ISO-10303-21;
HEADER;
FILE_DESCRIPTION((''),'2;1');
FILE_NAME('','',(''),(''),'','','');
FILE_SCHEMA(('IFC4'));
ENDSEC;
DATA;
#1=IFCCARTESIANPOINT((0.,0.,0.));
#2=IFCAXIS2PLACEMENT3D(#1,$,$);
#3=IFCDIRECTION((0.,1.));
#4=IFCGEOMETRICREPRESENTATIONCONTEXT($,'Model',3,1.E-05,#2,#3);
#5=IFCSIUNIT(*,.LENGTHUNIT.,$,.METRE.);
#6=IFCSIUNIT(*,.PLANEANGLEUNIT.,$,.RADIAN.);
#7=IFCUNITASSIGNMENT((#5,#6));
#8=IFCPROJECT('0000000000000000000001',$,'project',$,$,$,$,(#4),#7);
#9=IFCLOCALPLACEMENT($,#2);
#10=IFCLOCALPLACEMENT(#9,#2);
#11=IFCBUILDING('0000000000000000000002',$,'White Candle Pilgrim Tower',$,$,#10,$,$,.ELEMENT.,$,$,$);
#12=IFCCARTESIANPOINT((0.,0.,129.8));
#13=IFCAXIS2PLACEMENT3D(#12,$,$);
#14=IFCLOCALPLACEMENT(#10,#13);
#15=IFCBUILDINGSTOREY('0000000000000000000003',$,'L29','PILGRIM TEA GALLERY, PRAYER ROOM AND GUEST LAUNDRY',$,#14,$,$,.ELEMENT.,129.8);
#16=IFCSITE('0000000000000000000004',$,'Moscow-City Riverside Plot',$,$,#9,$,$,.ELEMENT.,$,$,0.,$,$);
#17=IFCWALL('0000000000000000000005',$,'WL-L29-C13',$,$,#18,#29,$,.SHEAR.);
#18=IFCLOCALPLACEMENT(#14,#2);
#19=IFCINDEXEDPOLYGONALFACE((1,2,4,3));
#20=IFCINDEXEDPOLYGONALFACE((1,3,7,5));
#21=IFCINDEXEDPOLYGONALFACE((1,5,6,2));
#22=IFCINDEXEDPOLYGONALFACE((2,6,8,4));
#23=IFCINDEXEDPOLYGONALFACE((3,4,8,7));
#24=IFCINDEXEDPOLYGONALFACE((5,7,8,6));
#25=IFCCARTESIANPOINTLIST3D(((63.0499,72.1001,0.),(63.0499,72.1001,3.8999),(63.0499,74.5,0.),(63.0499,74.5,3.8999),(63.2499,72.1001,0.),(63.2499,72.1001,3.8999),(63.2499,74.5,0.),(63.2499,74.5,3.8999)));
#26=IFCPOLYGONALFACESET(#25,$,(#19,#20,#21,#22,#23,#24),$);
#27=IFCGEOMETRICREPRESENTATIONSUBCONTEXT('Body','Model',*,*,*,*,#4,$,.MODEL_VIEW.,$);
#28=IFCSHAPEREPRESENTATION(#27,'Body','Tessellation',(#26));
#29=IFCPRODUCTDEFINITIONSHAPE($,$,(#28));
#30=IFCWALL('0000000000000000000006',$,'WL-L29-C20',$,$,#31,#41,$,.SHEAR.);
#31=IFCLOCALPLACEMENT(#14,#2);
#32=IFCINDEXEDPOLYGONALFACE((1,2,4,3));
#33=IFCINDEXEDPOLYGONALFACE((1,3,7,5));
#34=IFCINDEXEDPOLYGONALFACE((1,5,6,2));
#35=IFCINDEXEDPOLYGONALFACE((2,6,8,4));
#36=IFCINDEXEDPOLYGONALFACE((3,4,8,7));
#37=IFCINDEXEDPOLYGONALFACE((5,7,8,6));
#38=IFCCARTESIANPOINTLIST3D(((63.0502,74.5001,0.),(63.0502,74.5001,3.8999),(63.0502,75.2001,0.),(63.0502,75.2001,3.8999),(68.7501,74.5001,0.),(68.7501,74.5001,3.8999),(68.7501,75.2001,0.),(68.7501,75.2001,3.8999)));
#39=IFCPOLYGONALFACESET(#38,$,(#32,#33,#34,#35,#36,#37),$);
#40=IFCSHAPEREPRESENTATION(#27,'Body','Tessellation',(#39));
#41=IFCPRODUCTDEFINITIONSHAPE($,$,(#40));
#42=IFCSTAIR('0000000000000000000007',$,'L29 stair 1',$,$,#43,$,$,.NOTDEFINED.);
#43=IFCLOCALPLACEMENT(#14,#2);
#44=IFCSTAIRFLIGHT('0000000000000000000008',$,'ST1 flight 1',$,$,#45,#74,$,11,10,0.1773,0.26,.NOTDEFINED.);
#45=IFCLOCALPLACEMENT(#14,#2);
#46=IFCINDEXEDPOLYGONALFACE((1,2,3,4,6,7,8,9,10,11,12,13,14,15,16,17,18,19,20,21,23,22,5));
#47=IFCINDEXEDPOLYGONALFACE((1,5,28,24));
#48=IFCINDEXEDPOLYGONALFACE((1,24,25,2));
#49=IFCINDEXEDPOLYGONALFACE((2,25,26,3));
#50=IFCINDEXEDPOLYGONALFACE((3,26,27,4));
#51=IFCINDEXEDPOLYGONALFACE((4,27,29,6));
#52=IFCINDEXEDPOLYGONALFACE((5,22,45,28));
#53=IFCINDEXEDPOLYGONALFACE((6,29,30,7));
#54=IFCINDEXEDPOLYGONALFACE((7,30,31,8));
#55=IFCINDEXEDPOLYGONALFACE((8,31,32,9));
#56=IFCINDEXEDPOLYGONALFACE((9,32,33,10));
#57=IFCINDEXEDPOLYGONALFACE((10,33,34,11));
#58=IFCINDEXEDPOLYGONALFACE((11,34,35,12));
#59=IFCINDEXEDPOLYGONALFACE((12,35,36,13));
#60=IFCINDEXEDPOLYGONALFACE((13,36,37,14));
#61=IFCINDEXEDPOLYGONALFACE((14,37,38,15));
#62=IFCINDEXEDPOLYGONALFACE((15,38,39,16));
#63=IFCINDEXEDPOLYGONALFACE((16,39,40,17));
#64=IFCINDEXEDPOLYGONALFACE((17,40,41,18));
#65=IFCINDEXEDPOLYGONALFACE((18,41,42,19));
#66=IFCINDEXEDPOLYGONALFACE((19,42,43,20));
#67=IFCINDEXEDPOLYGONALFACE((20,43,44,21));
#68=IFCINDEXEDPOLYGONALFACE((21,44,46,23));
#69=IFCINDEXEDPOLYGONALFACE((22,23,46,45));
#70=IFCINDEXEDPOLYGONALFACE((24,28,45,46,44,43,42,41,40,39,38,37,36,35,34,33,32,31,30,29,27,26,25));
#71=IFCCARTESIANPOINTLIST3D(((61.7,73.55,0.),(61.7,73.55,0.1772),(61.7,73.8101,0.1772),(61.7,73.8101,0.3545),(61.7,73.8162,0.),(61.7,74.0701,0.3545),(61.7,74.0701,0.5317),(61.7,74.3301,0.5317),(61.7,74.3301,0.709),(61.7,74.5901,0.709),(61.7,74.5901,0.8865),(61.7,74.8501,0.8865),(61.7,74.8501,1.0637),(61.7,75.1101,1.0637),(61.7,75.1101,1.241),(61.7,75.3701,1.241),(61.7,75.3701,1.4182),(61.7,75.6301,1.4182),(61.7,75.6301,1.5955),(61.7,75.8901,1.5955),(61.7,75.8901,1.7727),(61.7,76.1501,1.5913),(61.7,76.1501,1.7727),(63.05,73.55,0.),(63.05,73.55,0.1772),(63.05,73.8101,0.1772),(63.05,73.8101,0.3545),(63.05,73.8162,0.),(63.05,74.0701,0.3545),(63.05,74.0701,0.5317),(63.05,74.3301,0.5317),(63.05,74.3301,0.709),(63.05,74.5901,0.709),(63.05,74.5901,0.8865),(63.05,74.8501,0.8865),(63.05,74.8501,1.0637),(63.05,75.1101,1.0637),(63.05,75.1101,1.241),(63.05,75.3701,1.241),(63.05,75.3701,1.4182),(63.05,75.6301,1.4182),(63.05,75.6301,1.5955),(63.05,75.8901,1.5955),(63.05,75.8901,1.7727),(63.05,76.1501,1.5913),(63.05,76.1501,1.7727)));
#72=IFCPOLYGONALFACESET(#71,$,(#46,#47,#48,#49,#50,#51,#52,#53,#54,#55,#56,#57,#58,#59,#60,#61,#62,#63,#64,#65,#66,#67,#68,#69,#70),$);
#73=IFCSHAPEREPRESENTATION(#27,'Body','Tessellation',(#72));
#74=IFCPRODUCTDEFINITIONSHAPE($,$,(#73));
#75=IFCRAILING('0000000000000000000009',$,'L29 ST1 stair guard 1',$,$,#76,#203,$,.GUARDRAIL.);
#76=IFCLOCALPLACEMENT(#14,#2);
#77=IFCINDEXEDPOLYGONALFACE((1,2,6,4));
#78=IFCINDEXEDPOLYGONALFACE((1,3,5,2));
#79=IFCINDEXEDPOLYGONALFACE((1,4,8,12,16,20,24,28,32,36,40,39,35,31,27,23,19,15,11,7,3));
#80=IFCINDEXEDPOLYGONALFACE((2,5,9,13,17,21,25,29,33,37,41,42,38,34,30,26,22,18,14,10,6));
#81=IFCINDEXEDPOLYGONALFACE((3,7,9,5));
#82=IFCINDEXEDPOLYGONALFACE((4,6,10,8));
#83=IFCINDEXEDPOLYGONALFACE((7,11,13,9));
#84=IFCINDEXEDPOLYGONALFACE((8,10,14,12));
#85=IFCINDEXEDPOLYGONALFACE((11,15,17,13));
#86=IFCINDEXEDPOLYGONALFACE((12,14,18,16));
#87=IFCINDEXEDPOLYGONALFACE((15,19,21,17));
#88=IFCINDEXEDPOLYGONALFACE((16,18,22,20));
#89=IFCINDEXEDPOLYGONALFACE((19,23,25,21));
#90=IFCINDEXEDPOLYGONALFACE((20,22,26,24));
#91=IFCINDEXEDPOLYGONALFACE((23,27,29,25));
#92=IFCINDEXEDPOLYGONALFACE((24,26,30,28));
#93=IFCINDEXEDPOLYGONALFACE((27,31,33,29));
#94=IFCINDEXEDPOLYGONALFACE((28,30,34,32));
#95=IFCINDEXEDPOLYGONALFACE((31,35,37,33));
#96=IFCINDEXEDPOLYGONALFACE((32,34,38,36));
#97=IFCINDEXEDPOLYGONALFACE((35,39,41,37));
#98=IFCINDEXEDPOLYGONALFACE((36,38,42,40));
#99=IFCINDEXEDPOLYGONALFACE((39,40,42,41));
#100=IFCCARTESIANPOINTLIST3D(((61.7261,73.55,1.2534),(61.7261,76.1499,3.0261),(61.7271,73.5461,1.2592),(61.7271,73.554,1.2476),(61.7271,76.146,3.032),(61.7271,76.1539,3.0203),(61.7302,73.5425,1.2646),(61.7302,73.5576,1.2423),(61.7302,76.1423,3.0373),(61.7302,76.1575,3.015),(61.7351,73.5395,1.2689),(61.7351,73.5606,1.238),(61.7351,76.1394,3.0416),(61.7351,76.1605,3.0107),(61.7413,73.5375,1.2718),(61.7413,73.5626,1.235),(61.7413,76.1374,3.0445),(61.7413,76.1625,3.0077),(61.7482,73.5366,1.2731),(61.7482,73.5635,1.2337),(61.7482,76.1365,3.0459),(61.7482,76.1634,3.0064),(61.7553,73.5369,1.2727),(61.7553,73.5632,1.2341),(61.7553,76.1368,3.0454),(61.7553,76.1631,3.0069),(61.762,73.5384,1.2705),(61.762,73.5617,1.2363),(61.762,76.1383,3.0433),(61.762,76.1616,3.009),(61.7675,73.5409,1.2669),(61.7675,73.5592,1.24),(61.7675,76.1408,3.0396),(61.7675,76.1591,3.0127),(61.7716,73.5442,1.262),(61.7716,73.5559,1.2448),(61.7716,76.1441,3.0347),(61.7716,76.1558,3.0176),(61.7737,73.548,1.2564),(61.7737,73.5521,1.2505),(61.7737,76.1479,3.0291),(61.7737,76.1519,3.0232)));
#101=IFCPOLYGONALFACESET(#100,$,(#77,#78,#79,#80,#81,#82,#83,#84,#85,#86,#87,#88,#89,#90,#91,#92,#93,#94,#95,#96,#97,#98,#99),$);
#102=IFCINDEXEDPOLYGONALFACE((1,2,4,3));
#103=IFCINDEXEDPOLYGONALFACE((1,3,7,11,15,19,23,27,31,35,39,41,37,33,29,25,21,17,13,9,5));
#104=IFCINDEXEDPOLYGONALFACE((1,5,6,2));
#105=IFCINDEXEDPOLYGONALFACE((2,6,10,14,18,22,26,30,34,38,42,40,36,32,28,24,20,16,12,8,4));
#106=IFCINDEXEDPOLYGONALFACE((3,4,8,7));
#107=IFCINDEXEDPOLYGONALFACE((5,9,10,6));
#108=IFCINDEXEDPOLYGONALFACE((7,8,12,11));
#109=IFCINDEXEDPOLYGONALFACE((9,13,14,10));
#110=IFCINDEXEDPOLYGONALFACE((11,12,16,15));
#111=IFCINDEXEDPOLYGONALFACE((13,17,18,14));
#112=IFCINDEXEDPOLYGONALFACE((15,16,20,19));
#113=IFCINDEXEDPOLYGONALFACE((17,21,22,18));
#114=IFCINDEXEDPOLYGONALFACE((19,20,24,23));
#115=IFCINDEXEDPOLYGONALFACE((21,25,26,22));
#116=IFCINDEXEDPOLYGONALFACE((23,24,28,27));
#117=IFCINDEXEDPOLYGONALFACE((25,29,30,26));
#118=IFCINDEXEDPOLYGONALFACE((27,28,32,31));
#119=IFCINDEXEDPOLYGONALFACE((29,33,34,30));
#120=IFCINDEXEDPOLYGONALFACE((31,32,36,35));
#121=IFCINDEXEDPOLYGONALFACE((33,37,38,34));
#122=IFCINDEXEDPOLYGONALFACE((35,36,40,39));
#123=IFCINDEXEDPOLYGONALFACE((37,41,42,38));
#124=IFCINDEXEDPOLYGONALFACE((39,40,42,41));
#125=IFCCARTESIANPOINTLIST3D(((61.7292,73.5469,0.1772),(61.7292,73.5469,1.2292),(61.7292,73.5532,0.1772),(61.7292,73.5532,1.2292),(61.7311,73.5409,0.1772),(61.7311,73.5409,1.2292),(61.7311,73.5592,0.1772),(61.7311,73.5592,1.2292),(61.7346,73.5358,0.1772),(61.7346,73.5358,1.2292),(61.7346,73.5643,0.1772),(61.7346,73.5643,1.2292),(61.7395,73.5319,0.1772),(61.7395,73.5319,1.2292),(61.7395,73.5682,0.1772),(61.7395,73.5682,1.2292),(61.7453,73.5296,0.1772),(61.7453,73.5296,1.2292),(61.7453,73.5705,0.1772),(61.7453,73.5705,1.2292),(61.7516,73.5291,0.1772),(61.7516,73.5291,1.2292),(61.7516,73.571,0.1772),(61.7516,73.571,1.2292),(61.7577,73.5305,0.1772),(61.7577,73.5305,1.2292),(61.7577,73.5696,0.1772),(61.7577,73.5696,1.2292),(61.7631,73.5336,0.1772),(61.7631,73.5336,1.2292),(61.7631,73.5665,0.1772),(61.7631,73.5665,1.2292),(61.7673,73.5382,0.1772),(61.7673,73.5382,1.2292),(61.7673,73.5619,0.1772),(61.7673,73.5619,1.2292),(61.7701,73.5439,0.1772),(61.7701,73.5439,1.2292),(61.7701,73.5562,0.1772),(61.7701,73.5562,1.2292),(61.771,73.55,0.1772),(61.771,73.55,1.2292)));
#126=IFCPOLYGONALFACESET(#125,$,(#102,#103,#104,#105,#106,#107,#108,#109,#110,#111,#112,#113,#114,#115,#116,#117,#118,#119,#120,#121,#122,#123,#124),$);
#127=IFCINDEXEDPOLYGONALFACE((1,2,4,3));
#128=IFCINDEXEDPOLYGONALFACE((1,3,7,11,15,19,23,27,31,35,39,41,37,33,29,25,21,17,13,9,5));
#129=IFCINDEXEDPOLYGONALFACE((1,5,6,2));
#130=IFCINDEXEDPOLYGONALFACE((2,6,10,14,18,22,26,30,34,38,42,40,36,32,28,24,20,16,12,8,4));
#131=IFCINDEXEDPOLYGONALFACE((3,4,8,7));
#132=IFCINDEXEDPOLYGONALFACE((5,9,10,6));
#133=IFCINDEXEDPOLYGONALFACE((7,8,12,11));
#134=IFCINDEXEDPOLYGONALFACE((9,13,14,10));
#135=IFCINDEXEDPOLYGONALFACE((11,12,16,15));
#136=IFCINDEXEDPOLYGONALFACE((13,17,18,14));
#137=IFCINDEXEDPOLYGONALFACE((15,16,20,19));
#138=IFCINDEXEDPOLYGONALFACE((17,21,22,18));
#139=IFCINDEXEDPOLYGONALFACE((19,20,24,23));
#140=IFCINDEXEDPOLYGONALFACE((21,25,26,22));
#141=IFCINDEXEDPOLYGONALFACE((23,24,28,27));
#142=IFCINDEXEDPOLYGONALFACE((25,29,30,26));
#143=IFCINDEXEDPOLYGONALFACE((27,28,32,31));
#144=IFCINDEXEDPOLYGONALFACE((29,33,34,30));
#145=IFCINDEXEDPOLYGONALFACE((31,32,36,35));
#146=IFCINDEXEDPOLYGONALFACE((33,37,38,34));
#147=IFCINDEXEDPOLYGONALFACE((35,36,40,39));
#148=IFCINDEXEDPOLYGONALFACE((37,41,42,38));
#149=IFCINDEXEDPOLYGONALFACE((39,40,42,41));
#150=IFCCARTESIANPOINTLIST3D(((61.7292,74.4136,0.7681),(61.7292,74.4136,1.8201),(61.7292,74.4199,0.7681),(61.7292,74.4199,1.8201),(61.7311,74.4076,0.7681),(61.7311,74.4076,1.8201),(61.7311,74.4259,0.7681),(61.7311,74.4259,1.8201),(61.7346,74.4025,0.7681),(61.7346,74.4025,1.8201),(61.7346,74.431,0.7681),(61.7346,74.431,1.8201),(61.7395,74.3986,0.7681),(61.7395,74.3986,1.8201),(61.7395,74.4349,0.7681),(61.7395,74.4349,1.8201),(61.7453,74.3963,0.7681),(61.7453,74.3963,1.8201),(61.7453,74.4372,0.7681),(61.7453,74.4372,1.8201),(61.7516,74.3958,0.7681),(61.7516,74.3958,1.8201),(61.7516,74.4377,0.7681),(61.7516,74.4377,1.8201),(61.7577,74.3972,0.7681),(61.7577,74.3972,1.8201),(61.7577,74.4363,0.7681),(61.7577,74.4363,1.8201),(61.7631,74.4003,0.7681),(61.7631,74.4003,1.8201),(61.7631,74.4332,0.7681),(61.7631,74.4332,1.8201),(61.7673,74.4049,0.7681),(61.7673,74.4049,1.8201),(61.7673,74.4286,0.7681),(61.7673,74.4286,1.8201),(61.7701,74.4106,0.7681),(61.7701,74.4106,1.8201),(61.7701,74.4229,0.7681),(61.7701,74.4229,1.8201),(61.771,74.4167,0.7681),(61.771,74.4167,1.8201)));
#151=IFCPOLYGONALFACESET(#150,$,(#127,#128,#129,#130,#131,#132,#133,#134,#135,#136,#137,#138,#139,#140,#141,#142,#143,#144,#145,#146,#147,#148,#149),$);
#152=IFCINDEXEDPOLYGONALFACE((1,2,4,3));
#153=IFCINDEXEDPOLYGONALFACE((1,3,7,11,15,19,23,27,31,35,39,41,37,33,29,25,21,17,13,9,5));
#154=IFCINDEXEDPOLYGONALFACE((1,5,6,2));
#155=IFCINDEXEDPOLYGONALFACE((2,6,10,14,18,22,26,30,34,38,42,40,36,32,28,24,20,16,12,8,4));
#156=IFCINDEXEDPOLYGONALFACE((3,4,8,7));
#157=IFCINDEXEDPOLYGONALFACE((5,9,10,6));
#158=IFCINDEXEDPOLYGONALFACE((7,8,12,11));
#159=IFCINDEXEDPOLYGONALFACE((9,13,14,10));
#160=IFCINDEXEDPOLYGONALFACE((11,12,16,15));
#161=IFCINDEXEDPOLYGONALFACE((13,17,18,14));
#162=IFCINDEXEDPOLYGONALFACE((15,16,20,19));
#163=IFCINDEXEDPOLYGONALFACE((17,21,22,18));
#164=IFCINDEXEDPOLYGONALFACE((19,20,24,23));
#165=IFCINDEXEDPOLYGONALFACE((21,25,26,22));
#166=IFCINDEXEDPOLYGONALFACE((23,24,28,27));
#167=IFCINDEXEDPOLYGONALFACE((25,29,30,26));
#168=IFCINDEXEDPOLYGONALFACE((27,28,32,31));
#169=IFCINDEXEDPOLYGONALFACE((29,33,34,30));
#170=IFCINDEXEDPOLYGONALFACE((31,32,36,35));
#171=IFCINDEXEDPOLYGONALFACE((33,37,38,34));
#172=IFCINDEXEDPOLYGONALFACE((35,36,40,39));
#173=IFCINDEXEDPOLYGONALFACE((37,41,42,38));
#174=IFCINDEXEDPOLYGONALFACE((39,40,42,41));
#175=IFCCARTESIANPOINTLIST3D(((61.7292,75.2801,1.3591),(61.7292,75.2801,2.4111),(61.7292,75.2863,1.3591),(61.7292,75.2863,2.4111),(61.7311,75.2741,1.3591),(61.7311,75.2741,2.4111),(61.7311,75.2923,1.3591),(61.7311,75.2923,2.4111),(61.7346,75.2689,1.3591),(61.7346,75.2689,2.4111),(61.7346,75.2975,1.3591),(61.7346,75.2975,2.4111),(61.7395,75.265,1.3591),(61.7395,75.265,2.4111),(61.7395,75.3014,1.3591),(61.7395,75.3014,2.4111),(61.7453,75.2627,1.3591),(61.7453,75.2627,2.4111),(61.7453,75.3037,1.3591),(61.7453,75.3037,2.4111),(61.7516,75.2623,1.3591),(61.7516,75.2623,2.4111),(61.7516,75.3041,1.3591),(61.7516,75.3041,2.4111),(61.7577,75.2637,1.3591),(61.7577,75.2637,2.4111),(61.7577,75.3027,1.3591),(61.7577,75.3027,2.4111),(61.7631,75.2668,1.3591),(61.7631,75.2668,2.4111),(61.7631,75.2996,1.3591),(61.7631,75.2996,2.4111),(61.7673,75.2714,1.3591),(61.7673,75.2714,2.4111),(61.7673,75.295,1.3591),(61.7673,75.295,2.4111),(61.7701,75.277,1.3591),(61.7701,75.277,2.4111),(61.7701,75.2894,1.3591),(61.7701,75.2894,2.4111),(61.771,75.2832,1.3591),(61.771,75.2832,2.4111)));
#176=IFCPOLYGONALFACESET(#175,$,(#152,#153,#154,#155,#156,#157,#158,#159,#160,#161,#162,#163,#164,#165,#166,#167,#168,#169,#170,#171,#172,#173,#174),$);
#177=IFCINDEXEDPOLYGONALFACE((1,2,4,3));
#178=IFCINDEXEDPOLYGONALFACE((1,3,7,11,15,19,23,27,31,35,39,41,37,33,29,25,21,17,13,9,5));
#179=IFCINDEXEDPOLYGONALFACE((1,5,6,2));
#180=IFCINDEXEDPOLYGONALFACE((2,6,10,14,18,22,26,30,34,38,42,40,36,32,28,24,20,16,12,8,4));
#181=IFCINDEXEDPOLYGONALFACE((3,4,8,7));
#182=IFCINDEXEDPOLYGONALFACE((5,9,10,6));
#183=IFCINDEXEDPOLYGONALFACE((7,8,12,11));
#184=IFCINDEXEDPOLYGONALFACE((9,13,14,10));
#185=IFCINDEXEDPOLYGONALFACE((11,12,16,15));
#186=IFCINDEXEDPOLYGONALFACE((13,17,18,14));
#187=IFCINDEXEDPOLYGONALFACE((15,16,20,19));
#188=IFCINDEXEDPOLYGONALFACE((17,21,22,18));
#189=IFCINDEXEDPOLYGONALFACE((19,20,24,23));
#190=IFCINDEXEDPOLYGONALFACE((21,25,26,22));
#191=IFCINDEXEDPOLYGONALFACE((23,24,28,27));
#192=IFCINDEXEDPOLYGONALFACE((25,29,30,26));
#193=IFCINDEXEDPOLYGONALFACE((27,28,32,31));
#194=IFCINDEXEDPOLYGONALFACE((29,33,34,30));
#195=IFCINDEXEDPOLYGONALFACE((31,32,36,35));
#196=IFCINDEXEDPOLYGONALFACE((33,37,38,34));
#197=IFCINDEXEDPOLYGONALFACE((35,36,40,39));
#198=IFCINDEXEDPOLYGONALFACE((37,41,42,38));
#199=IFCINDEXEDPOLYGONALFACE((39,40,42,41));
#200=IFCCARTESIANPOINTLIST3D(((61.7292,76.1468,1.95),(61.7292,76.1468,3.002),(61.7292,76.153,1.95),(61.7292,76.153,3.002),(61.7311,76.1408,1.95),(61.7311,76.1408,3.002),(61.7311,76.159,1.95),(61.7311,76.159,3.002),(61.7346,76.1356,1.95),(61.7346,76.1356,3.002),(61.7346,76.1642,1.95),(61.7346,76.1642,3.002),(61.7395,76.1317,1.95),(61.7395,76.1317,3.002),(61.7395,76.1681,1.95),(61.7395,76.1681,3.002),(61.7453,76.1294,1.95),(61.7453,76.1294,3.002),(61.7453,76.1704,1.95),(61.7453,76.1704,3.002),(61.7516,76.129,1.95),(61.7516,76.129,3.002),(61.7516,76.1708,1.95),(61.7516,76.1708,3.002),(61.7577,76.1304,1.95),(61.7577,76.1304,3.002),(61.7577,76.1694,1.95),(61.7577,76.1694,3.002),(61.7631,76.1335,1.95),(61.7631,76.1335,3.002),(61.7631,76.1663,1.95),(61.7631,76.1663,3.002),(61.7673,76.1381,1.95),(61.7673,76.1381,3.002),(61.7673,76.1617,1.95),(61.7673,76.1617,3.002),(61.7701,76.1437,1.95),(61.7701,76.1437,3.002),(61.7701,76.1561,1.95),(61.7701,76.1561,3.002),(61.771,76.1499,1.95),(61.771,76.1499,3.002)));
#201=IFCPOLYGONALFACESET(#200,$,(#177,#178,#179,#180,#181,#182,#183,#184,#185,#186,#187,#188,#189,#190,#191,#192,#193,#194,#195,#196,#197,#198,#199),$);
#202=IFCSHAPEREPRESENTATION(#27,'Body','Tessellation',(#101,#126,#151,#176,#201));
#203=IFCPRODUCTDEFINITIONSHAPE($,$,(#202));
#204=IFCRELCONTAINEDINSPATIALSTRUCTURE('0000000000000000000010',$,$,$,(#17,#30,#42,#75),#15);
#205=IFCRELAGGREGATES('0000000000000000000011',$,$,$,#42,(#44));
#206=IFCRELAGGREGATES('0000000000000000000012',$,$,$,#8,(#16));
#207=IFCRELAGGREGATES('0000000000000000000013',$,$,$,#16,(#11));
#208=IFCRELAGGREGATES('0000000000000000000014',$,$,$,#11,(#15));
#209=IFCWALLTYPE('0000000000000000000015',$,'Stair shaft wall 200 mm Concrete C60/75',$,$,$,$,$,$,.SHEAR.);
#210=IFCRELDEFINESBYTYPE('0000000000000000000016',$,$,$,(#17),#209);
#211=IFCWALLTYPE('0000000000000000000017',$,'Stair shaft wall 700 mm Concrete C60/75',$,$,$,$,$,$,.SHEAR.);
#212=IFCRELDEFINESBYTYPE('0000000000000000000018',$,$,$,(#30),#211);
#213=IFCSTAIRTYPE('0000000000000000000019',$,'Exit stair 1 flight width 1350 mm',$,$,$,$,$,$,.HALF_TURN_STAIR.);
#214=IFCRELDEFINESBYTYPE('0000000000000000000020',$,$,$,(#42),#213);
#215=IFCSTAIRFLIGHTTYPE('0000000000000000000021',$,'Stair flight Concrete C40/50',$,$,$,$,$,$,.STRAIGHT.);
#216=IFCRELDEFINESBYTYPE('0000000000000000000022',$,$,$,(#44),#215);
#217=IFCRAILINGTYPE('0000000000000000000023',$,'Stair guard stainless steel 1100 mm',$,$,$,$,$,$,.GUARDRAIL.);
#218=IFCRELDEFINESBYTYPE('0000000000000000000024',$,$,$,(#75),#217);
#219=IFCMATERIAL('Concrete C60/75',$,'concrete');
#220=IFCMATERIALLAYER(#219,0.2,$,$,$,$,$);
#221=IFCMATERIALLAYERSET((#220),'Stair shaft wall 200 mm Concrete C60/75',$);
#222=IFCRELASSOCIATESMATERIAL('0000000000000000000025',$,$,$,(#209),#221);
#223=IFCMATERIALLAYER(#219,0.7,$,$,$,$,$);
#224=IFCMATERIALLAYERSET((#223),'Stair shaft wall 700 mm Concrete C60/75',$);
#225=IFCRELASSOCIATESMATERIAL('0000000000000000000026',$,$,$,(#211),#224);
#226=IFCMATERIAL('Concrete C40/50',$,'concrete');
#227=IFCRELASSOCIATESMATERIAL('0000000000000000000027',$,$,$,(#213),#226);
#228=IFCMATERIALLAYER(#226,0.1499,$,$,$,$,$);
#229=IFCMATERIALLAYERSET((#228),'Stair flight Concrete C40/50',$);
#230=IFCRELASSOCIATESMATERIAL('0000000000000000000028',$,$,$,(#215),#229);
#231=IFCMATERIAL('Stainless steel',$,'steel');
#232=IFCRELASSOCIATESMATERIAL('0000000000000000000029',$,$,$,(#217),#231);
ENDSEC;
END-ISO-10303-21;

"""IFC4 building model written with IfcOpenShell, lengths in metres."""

from ifc_helpers import new_model, si_unit, direction, frame, frame_2d, origin, origin_2d, place, context, subcontext, project, spatial, polyline, rectangle, circle, outline, extrude, material, layer, layer_set, type_object, element, aggregate, save


model = new_model("IFC4")

# Units and contexts
model_context = context("Model", 3, precision=1e-05, world=origin(), true_north=direction((0.0, 1.0)))
body_context = subcontext(model_context, "Body", "Model", "MODEL_VIEW")
ifc_project = project(units=[si_unit("LENGTHUNIT", "METRE"), si_unit("PLANEANGLEUNIT", "RADIAN")], contexts=[model_context])

# Site, building, storey
site_placement = place(None, origin())
site = spatial("IfcSite", under=ifc_project, at=site_placement, Name="Moscow-City Riverside Plot", CompositionType="ELEMENT", RefElevation=0.0)
building_placement = place(site_placement, origin())
building = spatial("IfcBuilding", under=site, at=building_placement, Name="White Candle Pilgrim Tower", CompositionType="ELEMENT")
storey_placement = place(building_placement, frame((0.0, 0.0, 129.8)))
storey = spatial("IfcBuildingStorey", under=building, at=storey_placement, Name="L29", Description="PILGRIM TEA GALLERY, PRAYER ROOM AND GUEST LAUNDRY", CompositionType="ELEMENT", Elevation=129.8)

# Shared definitions
ifc_material_1 = material(Name="Concrete C60/75", Category="concrete")

# Shared definitions
ifc_material_2 = material(Name="Stainless steel", Category="steel")

# Walls
ifc_layer_1 = layer(ifc_material_1, 0.2)
ifc_layer_set_1 = layer_set([ifc_layer_1], Name="Stair shaft wall 200 mm Concrete C60/75")
wall_type_1 = type_object("IfcWallType", Name="Stair shaft wall 200 mm Concrete C60/75", PredefinedType="SHEAR", material=ifc_layer_set_1)
wall_1_placement = place(storey_placement, frame((63.1499, 72.1001, 0.0), z_axis=(0.0, 0.0, 1.0), x_axis=(0.0, 1.0, 0.0)))
element("IfcWall", 1, at=wall_1_placement, inside=storey, type_object=wall_type_1, Name="WL-L29-C13", PredefinedType="SHEAR", context=body_context, shape_type="SweptSolid", body=[
    extrude(rectangle(XDim=2.3999, YDim=0.2, at=frame_2d((1.2, 0.0))), origin(), (0.0, 0.0, 1.0), 3.8999),
])
ifc_layer_2 = layer(ifc_material_1, 0.7)
ifc_layer_set_2 = layer_set([ifc_layer_2], Name="Stair shaft wall 700 mm Concrete C60/75")
wall_type_2 = type_object("IfcWallType", Name="Stair shaft wall 700 mm Concrete C60/75", PredefinedType="SHEAR", material=ifc_layer_set_2)
wall_2_placement = place(storey_placement, frame((63.05, 74.8501, 0.0), z_axis=(0.0, 0.0, 1.0), x_axis=(1.0, 0.0, 0.0)))
element("IfcWall", 2, at=wall_2_placement, inside=storey, type_object=wall_type_2, Name="WL-L29-C20", PredefinedType="SHEAR", context=body_context, shape_type="SweptSolid", body=[
    extrude(rectangle(XDim=5.7, YDim=0.7, at=frame_2d((2.8501, 0.0))), origin(), (0.0, 0.0, 1.0), 3.8999),
])

# Stair, stair flight
ifc_material_3 = material(Name="Concrete C40/50", Category="concrete")
stair_type = type_object("IfcStairType", Name="Exit stair 1 flight width 1350 mm", PredefinedType="HALF_TURN_STAIR", material=ifc_material_3)
stair_placement = place(storey_placement, origin())
stair = element("IfcStair", 3, at=stair_placement, inside=storey, type_object=stair_type, Name="L29 stair 1", PredefinedType="NOTDEFINED")
ifc_layer_3 = layer(ifc_material_3, 0.1499)
ifc_layer_set_3 = layer_set([ifc_layer_3], Name="Stair flight Concrete C40/50")
stair_flight_type = type_object("IfcStairFlightType", Name="Stair flight Concrete C40/50", PredefinedType="STRAIGHT", material=ifc_layer_set_3)
stair_flight_placement = place(storey_placement, frame((62.375, 73.55, 0.0), z_axis=(0.0, 0.0, 1.0), x_axis=(0.0, 1.0, 0.0)))
stair_flight = element("IfcStairFlight", 4, at=stair_flight_placement, type_object=stair_flight_type, Name="ST1 flight 1", NumberOfRisers=11, NumberOfTreads=10, PredefinedType="NOTDEFINED", RiserHeight=0.1773, TreadLength=0.26, context=body_context, shape_type="SweptSolid", body=[
    extrude(outline(polyline([(0.0, 0.0), (0.0, 0.1772), (0.26, 0.1772), (0.26, 0.3545), (0.52, 0.3545), (0.52, 0.5317), (0.78, 0.5317), (0.78, 0.709), (1.04, 0.709), (1.04, 0.8865), (1.3, 0.8865), (1.3, 1.0637), (1.5601, 1.0637), (1.5601, 1.241), (1.8201, 1.241), (1.8201, 1.4182), (2.0801, 1.4182), (2.0801, 1.5955), (2.3401, 1.5955), (2.3401, 1.7727), (2.6001, 1.7727), (2.6001, 1.95), (2.6001, 1.5913), (0.2661, 0.0), (0.0, 0.0)])), frame((0.0, 0.675, 0.0), z_axis=(0.0, -1.0, 0.0), x_axis=(1.0, 0.0, 0.0)), (0.0, 0.0, 1.0), 1.3501),
])
aggregate(stair, [stair_flight])

# Railing
railing_type_1 = type_object("IfcRailingType", Name="Stair guard stainless steel 1100 mm", PredefinedType="GUARDRAIL", material=ifc_material_2)
railing_1_placement = place(storey_placement, frame((61.75, 73.55, 0.1772)))
element("IfcRailing", 5, at=railing_1_placement, inside=storey, type_object=railing_type_1, Name="L29 ST1 stair guard 1", PredefinedType="GUARDRAIL", context=body_context, shape_type="SweptSolid", body=[
    extrude(circle(Radius=0.0239, at=origin_2d()), frame((0.0, 0.0, 1.0762), z_axis=(0.0, 0.826216, 0.563354), x_axis=(-1.0, 0.0, 0.0)), (0.0, 0.0, 1.0), 3.1467),
    extrude(circle(Radius=0.021, at=origin_2d()), origin(), (0.0, 0.0, 1.0), 1.052),
    extrude(circle(Radius=0.021, at=origin_2d()), frame((0.0, 0.8667, 0.5908)), (0.0, 0.0, 1.0), 1.052),
    extrude(circle(Radius=0.021, at=origin_2d()), frame((0.0, 1.7332, 1.1819)), (0.0, 0.0, 1.0), 1.052),
    extrude(circle(Radius=0.021, at=origin_2d()), frame((0.0, 2.5999, 1.7727)), (0.0, 0.0, 1.0), 1.052),
])

save(model, "model.ifc")
